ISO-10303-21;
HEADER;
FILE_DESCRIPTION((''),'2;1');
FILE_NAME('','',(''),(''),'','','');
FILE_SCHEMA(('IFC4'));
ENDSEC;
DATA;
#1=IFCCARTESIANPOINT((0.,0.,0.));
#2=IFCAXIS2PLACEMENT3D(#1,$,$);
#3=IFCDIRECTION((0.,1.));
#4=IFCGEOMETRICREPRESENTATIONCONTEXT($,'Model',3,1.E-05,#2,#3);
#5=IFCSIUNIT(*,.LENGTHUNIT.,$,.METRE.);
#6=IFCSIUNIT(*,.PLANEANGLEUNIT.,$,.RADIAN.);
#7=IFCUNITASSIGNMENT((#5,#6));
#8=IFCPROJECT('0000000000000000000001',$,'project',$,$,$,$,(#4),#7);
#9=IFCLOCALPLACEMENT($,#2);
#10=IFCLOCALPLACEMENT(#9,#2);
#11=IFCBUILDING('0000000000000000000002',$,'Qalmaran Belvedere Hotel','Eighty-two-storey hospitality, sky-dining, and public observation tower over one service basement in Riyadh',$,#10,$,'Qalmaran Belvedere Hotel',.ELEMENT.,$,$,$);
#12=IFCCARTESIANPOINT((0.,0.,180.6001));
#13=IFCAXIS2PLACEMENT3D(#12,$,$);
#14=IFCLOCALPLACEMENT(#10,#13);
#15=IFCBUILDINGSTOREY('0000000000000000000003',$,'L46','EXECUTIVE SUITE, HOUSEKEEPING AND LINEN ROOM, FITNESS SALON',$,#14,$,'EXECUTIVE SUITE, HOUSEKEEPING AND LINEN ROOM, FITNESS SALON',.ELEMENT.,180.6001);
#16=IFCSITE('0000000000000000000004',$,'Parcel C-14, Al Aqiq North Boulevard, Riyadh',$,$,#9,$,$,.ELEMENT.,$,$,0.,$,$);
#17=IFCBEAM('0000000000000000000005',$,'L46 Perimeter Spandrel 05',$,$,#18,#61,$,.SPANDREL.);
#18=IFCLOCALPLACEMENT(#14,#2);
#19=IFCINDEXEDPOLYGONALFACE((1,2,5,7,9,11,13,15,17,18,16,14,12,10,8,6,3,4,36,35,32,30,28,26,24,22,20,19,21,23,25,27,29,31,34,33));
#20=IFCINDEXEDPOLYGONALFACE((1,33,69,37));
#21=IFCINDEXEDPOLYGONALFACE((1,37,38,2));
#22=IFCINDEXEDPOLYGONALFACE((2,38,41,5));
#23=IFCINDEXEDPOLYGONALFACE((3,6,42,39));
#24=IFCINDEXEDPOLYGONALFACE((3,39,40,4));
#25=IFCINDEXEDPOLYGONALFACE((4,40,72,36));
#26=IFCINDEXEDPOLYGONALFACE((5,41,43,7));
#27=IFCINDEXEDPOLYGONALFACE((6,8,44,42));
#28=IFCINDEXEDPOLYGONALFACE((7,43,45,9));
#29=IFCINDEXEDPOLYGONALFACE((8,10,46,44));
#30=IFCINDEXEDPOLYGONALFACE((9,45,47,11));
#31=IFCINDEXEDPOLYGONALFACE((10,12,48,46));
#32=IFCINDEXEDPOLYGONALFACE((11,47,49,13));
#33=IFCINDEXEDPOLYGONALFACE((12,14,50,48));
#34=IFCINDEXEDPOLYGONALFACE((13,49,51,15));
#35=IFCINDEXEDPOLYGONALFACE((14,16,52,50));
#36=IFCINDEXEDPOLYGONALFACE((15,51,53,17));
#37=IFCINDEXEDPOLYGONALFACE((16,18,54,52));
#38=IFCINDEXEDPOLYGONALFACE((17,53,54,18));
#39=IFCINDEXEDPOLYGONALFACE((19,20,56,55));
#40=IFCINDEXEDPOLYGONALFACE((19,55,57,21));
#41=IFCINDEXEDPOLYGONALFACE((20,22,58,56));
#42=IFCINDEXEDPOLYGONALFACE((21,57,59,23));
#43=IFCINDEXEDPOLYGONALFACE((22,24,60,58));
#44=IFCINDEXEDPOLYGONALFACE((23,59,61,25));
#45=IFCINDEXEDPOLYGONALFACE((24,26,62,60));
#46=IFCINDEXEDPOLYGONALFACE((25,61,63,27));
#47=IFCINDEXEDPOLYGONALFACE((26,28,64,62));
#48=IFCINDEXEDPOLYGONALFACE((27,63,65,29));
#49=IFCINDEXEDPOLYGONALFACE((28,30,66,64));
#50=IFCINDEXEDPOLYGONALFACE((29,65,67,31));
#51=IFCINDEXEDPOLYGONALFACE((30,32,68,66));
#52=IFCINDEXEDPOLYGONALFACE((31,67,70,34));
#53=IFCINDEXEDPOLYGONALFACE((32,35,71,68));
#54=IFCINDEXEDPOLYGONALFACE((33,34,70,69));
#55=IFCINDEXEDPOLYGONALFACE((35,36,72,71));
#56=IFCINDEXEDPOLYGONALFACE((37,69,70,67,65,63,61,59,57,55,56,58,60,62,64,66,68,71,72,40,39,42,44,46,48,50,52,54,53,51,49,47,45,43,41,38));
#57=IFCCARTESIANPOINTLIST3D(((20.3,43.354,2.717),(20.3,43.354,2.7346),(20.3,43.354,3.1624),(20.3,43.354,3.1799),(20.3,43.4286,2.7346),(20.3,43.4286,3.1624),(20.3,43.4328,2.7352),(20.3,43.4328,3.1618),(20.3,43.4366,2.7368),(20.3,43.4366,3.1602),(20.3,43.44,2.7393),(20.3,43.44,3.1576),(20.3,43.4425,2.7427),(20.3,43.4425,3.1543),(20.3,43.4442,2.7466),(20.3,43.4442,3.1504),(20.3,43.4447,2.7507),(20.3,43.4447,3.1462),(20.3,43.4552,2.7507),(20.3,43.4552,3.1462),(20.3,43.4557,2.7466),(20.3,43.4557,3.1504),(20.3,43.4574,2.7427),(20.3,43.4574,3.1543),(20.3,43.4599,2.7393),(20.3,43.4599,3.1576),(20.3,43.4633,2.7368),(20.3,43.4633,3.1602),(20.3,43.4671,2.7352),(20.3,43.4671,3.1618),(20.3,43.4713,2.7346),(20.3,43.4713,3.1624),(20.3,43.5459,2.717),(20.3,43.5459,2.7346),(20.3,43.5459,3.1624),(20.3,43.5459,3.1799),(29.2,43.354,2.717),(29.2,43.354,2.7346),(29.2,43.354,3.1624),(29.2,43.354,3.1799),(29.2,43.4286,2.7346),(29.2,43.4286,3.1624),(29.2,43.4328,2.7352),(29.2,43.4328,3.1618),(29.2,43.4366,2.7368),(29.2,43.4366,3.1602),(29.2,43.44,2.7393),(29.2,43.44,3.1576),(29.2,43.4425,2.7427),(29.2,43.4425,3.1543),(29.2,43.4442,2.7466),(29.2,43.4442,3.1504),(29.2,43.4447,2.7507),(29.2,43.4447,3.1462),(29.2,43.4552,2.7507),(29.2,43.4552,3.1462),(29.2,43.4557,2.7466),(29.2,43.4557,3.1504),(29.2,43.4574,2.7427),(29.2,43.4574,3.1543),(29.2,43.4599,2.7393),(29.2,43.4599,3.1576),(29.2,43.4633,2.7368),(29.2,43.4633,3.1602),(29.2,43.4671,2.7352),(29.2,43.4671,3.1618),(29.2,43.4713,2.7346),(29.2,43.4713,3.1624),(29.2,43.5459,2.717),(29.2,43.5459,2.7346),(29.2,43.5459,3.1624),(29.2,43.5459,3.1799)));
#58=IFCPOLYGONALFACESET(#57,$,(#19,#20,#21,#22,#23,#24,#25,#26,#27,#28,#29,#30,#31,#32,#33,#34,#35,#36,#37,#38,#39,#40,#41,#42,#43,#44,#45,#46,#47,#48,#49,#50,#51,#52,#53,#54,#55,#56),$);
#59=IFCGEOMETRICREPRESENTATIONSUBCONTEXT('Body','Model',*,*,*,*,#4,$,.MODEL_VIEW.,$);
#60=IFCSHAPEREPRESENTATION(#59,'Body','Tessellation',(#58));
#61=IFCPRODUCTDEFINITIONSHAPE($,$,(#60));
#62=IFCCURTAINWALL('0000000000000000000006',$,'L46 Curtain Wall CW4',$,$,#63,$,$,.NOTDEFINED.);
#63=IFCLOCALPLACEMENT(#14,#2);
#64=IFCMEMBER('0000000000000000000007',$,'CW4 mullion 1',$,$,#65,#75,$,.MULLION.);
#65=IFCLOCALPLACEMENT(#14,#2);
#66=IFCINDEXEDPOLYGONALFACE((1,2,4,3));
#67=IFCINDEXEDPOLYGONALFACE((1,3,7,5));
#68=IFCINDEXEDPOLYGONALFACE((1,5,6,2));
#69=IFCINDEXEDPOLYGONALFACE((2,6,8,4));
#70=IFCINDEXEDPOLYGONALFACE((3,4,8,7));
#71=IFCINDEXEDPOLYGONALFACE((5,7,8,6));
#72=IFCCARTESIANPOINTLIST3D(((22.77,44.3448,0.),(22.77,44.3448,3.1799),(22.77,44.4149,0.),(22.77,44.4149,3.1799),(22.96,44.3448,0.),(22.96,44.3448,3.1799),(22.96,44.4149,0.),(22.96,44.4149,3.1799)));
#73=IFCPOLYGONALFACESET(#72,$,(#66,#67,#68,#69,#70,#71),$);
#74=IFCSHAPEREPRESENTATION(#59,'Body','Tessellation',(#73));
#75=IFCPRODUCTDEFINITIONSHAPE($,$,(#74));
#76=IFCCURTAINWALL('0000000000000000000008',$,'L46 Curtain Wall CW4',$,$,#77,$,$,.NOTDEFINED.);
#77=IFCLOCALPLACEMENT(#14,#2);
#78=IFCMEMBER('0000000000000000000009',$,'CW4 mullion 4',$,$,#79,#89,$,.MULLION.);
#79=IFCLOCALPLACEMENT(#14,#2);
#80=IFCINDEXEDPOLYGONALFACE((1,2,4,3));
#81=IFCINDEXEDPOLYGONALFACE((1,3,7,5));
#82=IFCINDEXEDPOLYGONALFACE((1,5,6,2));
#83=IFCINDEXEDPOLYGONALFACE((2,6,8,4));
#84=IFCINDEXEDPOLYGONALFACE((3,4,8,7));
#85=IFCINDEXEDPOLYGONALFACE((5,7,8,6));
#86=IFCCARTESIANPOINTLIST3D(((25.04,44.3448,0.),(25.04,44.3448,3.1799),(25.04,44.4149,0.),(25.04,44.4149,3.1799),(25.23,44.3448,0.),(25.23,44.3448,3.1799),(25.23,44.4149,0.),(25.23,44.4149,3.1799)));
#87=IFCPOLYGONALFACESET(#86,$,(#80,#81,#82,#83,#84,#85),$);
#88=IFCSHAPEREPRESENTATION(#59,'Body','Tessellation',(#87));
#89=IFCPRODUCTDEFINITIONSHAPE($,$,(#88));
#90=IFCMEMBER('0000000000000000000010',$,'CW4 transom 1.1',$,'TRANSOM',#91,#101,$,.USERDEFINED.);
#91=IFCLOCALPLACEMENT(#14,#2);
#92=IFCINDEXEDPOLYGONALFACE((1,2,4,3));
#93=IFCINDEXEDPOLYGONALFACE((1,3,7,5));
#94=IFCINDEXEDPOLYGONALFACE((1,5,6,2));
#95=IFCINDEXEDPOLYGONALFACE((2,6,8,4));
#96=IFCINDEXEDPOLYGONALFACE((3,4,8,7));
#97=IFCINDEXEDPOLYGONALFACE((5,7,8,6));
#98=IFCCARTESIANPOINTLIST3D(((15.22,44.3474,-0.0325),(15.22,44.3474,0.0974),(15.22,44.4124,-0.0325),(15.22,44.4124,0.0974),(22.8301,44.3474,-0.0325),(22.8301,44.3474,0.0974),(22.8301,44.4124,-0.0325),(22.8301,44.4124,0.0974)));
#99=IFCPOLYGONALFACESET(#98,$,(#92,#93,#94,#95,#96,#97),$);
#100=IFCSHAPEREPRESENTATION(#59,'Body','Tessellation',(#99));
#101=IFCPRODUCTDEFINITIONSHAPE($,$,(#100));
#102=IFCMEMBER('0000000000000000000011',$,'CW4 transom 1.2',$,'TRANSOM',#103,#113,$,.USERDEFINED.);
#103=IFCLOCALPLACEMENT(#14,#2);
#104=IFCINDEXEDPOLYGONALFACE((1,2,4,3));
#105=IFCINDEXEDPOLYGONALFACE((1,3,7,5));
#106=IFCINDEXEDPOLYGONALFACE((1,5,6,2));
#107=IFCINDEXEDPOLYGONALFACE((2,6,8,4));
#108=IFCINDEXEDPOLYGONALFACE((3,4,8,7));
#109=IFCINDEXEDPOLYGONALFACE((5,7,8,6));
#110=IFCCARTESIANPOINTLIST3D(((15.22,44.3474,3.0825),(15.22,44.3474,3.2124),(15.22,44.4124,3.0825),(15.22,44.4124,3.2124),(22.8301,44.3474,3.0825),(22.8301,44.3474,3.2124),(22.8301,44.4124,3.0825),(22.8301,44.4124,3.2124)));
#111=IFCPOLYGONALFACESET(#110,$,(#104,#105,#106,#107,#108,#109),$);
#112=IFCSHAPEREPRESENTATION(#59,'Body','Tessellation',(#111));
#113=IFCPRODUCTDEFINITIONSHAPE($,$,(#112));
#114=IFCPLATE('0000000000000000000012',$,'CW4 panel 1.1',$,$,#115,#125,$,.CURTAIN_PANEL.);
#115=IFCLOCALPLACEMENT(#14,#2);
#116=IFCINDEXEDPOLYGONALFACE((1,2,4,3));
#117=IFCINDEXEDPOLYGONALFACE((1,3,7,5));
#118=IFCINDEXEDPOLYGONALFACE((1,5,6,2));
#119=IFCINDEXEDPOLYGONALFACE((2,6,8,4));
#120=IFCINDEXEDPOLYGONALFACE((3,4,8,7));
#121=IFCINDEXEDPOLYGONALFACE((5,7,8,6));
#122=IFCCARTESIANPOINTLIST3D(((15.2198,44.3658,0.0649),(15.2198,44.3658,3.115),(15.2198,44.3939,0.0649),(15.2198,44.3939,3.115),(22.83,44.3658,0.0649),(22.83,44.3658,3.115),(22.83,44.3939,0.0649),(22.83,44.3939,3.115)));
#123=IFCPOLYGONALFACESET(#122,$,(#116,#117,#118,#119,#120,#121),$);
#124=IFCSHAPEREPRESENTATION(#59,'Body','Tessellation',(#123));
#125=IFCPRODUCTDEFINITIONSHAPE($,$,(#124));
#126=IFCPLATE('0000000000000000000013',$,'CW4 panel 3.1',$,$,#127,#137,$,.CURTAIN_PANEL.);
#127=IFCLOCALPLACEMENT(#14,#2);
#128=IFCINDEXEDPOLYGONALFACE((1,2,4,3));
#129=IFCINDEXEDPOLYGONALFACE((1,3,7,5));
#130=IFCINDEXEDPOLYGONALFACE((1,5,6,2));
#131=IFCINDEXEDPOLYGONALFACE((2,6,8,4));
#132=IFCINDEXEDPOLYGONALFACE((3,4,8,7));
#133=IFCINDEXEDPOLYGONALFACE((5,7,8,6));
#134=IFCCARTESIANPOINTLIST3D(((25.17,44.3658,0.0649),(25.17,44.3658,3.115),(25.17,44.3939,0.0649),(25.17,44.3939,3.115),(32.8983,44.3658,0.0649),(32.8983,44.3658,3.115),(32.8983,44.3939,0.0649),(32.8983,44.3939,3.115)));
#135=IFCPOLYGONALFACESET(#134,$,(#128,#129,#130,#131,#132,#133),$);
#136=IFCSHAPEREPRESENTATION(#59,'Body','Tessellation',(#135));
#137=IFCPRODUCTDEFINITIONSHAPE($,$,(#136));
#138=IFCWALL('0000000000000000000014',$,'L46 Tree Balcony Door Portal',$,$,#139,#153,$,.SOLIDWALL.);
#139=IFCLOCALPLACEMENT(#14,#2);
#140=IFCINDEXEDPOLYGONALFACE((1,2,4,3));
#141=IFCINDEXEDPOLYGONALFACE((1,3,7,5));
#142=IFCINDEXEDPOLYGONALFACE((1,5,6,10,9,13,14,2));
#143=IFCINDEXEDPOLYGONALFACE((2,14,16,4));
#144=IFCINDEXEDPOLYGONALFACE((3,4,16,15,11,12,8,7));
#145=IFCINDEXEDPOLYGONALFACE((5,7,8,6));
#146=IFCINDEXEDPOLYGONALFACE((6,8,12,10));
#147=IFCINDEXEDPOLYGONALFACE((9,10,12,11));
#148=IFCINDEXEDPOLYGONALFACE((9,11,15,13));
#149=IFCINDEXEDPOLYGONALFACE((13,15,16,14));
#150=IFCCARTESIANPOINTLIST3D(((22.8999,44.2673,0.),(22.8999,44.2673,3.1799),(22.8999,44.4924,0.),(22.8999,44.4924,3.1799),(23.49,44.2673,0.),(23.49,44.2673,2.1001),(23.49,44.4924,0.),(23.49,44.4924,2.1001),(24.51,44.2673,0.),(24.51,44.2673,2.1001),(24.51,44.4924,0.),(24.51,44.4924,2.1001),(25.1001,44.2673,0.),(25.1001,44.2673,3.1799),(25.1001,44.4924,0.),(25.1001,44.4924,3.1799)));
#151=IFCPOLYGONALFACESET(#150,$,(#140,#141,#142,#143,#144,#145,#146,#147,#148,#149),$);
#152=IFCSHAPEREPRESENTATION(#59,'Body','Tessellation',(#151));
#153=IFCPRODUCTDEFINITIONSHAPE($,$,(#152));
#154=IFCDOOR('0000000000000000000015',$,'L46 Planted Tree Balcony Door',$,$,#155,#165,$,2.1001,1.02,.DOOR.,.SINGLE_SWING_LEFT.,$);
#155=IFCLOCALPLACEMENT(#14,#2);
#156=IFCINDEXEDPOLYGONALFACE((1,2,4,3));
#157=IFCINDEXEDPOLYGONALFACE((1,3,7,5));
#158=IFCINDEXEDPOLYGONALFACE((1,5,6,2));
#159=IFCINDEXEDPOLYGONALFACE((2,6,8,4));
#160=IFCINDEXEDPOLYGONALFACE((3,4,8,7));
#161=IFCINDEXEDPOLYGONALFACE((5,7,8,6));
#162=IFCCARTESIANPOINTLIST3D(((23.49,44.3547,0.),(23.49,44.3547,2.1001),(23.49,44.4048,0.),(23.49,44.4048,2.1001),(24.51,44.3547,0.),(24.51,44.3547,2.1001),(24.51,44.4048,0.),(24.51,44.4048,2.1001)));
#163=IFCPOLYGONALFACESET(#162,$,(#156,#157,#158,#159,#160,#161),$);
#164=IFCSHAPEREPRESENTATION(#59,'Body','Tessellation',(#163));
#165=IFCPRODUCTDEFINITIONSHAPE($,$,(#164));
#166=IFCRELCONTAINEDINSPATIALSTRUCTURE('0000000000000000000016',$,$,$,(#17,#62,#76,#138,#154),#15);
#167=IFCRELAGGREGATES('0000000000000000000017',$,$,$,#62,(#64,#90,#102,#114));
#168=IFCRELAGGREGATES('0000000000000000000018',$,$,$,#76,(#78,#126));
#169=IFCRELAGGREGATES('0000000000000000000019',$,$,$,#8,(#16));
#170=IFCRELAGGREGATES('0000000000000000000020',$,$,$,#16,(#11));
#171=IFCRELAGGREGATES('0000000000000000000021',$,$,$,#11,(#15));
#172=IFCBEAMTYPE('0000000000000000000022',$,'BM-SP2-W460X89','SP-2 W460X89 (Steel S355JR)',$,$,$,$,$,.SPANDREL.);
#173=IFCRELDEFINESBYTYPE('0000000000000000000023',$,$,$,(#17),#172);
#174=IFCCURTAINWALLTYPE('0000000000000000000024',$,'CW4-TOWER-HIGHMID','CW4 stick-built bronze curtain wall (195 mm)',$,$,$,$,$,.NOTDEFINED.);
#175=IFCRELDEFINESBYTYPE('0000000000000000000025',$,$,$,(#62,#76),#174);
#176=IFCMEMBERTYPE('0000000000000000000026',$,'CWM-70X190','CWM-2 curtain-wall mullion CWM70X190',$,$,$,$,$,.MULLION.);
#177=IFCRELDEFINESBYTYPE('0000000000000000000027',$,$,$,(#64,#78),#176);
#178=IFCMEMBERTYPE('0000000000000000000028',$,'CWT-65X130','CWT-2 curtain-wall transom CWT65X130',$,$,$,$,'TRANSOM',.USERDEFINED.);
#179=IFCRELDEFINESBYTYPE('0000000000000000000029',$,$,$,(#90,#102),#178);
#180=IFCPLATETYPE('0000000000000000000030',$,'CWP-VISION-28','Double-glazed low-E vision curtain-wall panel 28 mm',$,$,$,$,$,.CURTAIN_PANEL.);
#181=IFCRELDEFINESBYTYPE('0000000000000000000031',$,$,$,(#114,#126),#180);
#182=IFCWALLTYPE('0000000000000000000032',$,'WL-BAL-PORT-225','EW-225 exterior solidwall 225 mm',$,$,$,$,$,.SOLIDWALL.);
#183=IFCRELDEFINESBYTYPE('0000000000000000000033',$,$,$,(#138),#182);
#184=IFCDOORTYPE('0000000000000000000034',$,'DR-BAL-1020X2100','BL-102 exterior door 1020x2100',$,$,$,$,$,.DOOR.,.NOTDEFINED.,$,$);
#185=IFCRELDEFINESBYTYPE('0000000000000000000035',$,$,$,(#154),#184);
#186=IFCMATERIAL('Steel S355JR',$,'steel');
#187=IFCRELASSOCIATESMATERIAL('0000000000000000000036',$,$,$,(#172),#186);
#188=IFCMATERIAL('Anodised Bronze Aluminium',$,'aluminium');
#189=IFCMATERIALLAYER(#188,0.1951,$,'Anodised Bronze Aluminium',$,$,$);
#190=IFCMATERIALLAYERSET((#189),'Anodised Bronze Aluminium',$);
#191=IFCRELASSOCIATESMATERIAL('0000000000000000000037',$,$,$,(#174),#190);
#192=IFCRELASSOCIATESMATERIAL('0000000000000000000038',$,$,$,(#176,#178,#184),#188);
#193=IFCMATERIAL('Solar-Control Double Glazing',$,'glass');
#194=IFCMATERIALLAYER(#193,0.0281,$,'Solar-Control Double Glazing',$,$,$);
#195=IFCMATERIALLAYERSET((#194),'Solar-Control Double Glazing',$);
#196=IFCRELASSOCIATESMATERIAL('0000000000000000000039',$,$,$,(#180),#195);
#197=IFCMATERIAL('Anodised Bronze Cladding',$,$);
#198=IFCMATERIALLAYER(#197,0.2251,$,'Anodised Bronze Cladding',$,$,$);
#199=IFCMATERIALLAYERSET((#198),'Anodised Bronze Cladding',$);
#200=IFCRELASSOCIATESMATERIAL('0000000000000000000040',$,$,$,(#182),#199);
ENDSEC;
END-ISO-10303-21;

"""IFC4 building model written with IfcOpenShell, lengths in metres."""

from ifc_helpers import new_model, si_unit, direction, frame, frame_2d, origin, origin_2d, place, context, subcontext, project, spatial, rectangle, i_section, extrude, material, layer, layer_set, material_profile, profile_set, type_object, element, fill, aggregate, save


model = new_model("IFC4")

# Units and contexts
model_context = context("Model", 3, precision=1e-05, world=origin(), true_north=direction((0.0, 1.0)))
body_context = subcontext(model_context, "Body", "Model", "MODEL_VIEW")
ifc_project = project(units=[si_unit("LENGTHUNIT", "METRE"), si_unit("PLANEANGLEUNIT", "RADIAN")], contexts=[model_context])

# Site, building, storey
site_placement = place(None, origin())
site = spatial("IfcSite", under=ifc_project, at=site_placement, Name="Parcel C-14, Al Aqiq North Boulevard, Riyadh", CompositionType="ELEMENT", RefElevation=0.0)
building_placement = place(site_placement, origin())
building = spatial("IfcBuilding", under=site, at=building_placement, Name="Qalmaran Belvedere Hotel", Description="Eighty-two-storey hospitality, sky-dining, and public observation tower over one service basement in Riyadh", LongName="Qalmaran Belvedere Hotel", CompositionType="ELEMENT")
storey_placement = place(building_placement, frame((0.0, 0.0, 180.6001)))
storey = spatial("IfcBuildingStorey", under=building, at=storey_placement, Name="L46", Description="EXECUTIVE SUITE, HOUSEKEEPING AND LINEN ROOM, FITNESS SALON", LongName="EXECUTIVE SUITE, HOUSEKEEPING AND LINEN ROOM, FITNESS SALON", CompositionType="ELEMENT", Elevation=180.6001)

# Beam
ifc_material_1 = material(Name="Steel S355JR", Category="steel")
ifc_material_profile_1 = material_profile(ifc_material_1, i_section(OverallWidth=0.1919, OverallDepth=0.4629, WebThickness=0.0105, FlangeThickness=0.0176, FilletRadius=0.0161, at=origin_2d()), Name="W460X89")
ifc_profile_set_1 = profile_set([ifc_material_profile_1], Name="Steel S355JR")
beam_type_1 = type_object("IfcBeamType", Name="BM-SP2-W460X89", Description="SP-2 W460X89 (Steel S355JR)", PredefinedType="SPANDREL", material=ifc_profile_set_1)
beam_1_placement = place(storey_placement, frame((20.3, 43.45, 2.9485), z_axis=(1.0, 0.0, 0.0), x_axis=(0.0, 1.0, 0.0)))
element("IfcBeam", 1, at=beam_1_placement, inside=storey, type_object=beam_type_1, Name="L46 Perimeter Spandrel 05", PredefinedType="SPANDREL", context=body_context, shape_type="SweptSolid", body=[
    extrude(i_section(OverallWidth=0.1919, OverallDepth=0.4629, WebThickness=0.0105, FlangeThickness=0.0176, FilletRadius=0.0161, at=origin_2d()), origin(), (0.0, 0.0, 1.0), 8.8999),
])

# Curtain walls, members
ifc_material_2 = material(Name="Anodised Bronze Aluminium", Category="aluminium")
ifc_layer_1 = layer(ifc_material_2, 0.1951, Name="Anodised Bronze Aluminium")
ifc_layer_set_1 = layer_set([ifc_layer_1], Name="Anodised Bronze Aluminium")
curtain_wall_type = type_object("IfcCurtainWallType", Name="CW4-TOWER-HIGHMID", Description="CW4 stick-built bronze curtain wall (195 mm)", PredefinedType="NOTDEFINED", material=ifc_layer_set_1)
curtain_wall_1_placement = place(storey_placement, origin())
curtain_wall_1 = element("IfcCurtainWall", 2, at=curtain_wall_1_placement, inside=storey, type_object=curtain_wall_type, Name="L46 Curtain Wall CW4", PredefinedType="NOTDEFINED")
ifc_material_profile_2 = material_profile(ifc_material_2, rectangle(XDim=0.0701, YDim=0.1899, at=origin_2d()), Name="CWM70X190")
ifc_profile_set_2 = profile_set([ifc_material_profile_2], Name="Anodised Bronze Aluminium")
member_type_1 = type_object("IfcMemberType", Name="CWM-70X190", Description="CWM-2 curtain-wall mullion CWM70X190", PredefinedType="MULLION", material=ifc_profile_set_2)
member_1_placement = place(storey_placement, frame((22.865, 44.3799, 0.0), z_axis=(0.0, 0.0, 1.0), x_axis=(0.0, -1.0, 0.0)))
member_1 = element("IfcMember", 3, at=member_1_placement, type_object=member_type_1, Name="CW4 mullion 1", PredefinedType="MULLION", context=body_context, shape_type="SweptSolid", body=[
    extrude(rectangle(XDim=0.0701, YDim=0.1899, at=origin_2d()), origin(), (0.0, 0.0, 1.0), 3.1799),
])
curtain_wall_2_placement = place(storey_placement, origin())
curtain_wall_2 = element("IfcCurtainWall", 4, at=curtain_wall_2_placement, inside=storey, type_object=curtain_wall_type, Name="L46 Curtain Wall CW4", PredefinedType="NOTDEFINED")
member_2_placement = place(storey_placement, frame((25.135, 44.3799, 0.0), z_axis=(0.0, 0.0, 1.0), x_axis=(0.0, -1.0, 0.0)))
member_2 = element("IfcMember", 5, at=member_2_placement, type_object=member_type_1, Name="CW4 mullion 4", PredefinedType="MULLION", context=body_context, shape_type="SweptSolid", body=[
    extrude(rectangle(XDim=0.0701, YDim=0.1899, at=origin_2d()), origin(), (0.0, 0.0, 1.0), 3.1799),
])

# Members
ifc_material_profile_3 = material_profile(ifc_material_2, rectangle(XDim=0.0649, YDim=0.1299, at=origin_2d()), Name="CWT65X130")
ifc_profile_set_3 = profile_set([ifc_material_profile_3], Name="Anodised Bronze Aluminium")
member_type_2 = type_object("IfcMemberType", Name="CWT-65X130", Description="CWT-2 curtain-wall transom CWT65X130", ElementType="TRANSOM", PredefinedType="USERDEFINED", material=ifc_profile_set_3)
member_3_placement = place(storey_placement, frame((22.8301, 44.3799, 0.0325), z_axis=(-1.0, 0.0, 0.0), x_axis=(0.0, -1.0, 0.0)))
member_3 = element("IfcMember", 6, at=member_3_placement, type_object=member_type_2, Name="CW4 transom 1.1", ObjectType="TRANSOM", PredefinedType="USERDEFINED", context=body_context, shape_type="SweptSolid", body=[
    extrude(rectangle(XDim=0.0649, YDim=0.1299, at=origin_2d()), origin(), (0.0, 0.0, 1.0), 7.6101),
])
member_4_placement = place(storey_placement, frame((22.8301, 44.3799, 3.1475), z_axis=(-1.0, 0.0, 0.0), x_axis=(0.0, -1.0, 0.0)))
member_4 = element("IfcMember", 7, at=member_4_placement, type_object=member_type_2, Name="CW4 transom 1.2", ObjectType="TRANSOM", PredefinedType="USERDEFINED", context=body_context, shape_type="SweptSolid", body=[
    extrude(rectangle(XDim=0.0649, YDim=0.1299, at=origin_2d()), origin(), (0.0, 0.0, 1.0), 7.6101),
])

# Plates
ifc_material_3 = material(Name="Solar-Control Double Glazing", Category="glass")
ifc_layer_2 = layer(ifc_material_3, 0.0281, Name="Solar-Control Double Glazing")
ifc_layer_set_2 = layer_set([ifc_layer_2], Name="Solar-Control Double Glazing")
plate_type = type_object("IfcPlateType", Name="CWP-VISION-28", Description="Double-glazed low-E vision curtain-wall panel 28 mm", PredefinedType="CURTAIN_PANEL", material=ifc_layer_set_2)
plate_1_placement = place(storey_placement, frame((19.0249, 44.3799, 0.0649), z_axis=(0.0, 0.0, 1.0), x_axis=(-1.0, 0.0, 0.0)))
plate_1 = element("IfcPlate", 8, at=plate_1_placement, type_object=plate_type, Name="CW4 panel 1.1", PredefinedType="CURTAIN_PANEL", context=body_context, shape_type="SweptSolid", body=[
    extrude(rectangle(XDim=7.6101, YDim=0.0281, at=origin_2d()), origin(), (0.0, 0.0, 1.0), 3.05),
])
aggregate(curtain_wall_1, [member_1, member_3, member_4, plate_1])
plate_2_placement = place(storey_placement, frame((29.0342, 44.3799, 0.0649), z_axis=(0.0, 0.0, 1.0), x_axis=(-1.0, 0.0, 0.0)))
plate_2 = element("IfcPlate", 9, at=plate_2_placement, type_object=plate_type, Name="CW4 panel 3.1", PredefinedType="CURTAIN_PANEL", context=body_context, shape_type="SweptSolid", body=[
    extrude(rectangle(XDim=7.7283, YDim=0.0281, at=origin_2d()), origin(), (0.0, 0.0, 1.0), 3.05),
])
aggregate(curtain_wall_2, [member_2, plate_2])

# Wall, opening, door
ifc_material_4 = material(Name="Anodised Bronze Cladding")
ifc_layer_3 = layer(ifc_material_4, 0.2251, Name="Anodised Bronze Cladding")
ifc_layer_set_3 = layer_set([ifc_layer_3], Name="Anodised Bronze Cladding")
wall_type_1 = type_object("IfcWallType", Name="WL-BAL-PORT-225", Description="EW-225 exterior solidwall 225 mm", PredefinedType="SOLIDWALL", material=ifc_layer_set_3)
wall_1_placement = place(storey_placement, frame((22.8999, 44.3799, 0.0), z_axis=(0.0, 0.0, 1.0), x_axis=(1.0, 0.0, 0.0)))
wall_1 = element("IfcWall", 10, at=wall_1_placement, inside=storey, type_object=wall_type_1, Name="L46 Tree Balcony Door Portal", PredefinedType="SOLIDWALL", context=body_context, shape_type="SweptSolid", body=[
    extrude(rectangle(XDim=2.2002, YDim=0.2251, at=frame_2d((1.1001, 0.0))), origin(), (0.0, 0.0, 1.0), 3.1799),
])
opening_1_placement = place(wall_1_placement, frame((0.5901, 0.0, 0.0)))
opening_1 = element("IfcOpeningElement", 11, at=opening_1_placement, cuts=wall_1, PredefinedType="OPENING", context=body_context, shape_type="SweptSolid", body=[
    extrude(rectangle(XDim=1.02, YDim=2.1001, at=frame_2d((0.51, 1.05))), frame((0.0, 0.1226, 0.0), z_axis=(0.0, -1.0, 0.0), x_axis=(1.0, 0.0, 0.0)), (0.0, 0.0, 1.0), 0.2451),
])
door_type_1 = type_object("IfcDoorType", Name="DR-BAL-1020X2100", Description="BL-102 exterior door 1020x2100", OperationType="NOTDEFINED", PredefinedType="DOOR", material=ifc_material_2)
door_1_placement = place(opening_1_placement, origin())
door_1 = element("IfcDoor", 12, at=door_1_placement, inside=storey, type_object=door_type_1, Name="L46 Planted Tree Balcony Door", OperationType="SINGLE_SWING_LEFT", OverallHeight=2.1001, OverallWidth=1.02, PredefinedType="DOOR", context=body_context, shape_type="SweptSolid", body=[
    extrude(rectangle(XDim=1.02, YDim=2.1001, at=frame_2d((0.51, 1.05))), frame((0.0, 0.0249, 0.0), z_axis=(0.0, -1.0, 0.0), x_axis=(1.0, 0.0, 0.0)), (0.0, 0.0, 1.0), 0.05),
])
fill(opening_1, door_1)

save(model, "model.ifc")
